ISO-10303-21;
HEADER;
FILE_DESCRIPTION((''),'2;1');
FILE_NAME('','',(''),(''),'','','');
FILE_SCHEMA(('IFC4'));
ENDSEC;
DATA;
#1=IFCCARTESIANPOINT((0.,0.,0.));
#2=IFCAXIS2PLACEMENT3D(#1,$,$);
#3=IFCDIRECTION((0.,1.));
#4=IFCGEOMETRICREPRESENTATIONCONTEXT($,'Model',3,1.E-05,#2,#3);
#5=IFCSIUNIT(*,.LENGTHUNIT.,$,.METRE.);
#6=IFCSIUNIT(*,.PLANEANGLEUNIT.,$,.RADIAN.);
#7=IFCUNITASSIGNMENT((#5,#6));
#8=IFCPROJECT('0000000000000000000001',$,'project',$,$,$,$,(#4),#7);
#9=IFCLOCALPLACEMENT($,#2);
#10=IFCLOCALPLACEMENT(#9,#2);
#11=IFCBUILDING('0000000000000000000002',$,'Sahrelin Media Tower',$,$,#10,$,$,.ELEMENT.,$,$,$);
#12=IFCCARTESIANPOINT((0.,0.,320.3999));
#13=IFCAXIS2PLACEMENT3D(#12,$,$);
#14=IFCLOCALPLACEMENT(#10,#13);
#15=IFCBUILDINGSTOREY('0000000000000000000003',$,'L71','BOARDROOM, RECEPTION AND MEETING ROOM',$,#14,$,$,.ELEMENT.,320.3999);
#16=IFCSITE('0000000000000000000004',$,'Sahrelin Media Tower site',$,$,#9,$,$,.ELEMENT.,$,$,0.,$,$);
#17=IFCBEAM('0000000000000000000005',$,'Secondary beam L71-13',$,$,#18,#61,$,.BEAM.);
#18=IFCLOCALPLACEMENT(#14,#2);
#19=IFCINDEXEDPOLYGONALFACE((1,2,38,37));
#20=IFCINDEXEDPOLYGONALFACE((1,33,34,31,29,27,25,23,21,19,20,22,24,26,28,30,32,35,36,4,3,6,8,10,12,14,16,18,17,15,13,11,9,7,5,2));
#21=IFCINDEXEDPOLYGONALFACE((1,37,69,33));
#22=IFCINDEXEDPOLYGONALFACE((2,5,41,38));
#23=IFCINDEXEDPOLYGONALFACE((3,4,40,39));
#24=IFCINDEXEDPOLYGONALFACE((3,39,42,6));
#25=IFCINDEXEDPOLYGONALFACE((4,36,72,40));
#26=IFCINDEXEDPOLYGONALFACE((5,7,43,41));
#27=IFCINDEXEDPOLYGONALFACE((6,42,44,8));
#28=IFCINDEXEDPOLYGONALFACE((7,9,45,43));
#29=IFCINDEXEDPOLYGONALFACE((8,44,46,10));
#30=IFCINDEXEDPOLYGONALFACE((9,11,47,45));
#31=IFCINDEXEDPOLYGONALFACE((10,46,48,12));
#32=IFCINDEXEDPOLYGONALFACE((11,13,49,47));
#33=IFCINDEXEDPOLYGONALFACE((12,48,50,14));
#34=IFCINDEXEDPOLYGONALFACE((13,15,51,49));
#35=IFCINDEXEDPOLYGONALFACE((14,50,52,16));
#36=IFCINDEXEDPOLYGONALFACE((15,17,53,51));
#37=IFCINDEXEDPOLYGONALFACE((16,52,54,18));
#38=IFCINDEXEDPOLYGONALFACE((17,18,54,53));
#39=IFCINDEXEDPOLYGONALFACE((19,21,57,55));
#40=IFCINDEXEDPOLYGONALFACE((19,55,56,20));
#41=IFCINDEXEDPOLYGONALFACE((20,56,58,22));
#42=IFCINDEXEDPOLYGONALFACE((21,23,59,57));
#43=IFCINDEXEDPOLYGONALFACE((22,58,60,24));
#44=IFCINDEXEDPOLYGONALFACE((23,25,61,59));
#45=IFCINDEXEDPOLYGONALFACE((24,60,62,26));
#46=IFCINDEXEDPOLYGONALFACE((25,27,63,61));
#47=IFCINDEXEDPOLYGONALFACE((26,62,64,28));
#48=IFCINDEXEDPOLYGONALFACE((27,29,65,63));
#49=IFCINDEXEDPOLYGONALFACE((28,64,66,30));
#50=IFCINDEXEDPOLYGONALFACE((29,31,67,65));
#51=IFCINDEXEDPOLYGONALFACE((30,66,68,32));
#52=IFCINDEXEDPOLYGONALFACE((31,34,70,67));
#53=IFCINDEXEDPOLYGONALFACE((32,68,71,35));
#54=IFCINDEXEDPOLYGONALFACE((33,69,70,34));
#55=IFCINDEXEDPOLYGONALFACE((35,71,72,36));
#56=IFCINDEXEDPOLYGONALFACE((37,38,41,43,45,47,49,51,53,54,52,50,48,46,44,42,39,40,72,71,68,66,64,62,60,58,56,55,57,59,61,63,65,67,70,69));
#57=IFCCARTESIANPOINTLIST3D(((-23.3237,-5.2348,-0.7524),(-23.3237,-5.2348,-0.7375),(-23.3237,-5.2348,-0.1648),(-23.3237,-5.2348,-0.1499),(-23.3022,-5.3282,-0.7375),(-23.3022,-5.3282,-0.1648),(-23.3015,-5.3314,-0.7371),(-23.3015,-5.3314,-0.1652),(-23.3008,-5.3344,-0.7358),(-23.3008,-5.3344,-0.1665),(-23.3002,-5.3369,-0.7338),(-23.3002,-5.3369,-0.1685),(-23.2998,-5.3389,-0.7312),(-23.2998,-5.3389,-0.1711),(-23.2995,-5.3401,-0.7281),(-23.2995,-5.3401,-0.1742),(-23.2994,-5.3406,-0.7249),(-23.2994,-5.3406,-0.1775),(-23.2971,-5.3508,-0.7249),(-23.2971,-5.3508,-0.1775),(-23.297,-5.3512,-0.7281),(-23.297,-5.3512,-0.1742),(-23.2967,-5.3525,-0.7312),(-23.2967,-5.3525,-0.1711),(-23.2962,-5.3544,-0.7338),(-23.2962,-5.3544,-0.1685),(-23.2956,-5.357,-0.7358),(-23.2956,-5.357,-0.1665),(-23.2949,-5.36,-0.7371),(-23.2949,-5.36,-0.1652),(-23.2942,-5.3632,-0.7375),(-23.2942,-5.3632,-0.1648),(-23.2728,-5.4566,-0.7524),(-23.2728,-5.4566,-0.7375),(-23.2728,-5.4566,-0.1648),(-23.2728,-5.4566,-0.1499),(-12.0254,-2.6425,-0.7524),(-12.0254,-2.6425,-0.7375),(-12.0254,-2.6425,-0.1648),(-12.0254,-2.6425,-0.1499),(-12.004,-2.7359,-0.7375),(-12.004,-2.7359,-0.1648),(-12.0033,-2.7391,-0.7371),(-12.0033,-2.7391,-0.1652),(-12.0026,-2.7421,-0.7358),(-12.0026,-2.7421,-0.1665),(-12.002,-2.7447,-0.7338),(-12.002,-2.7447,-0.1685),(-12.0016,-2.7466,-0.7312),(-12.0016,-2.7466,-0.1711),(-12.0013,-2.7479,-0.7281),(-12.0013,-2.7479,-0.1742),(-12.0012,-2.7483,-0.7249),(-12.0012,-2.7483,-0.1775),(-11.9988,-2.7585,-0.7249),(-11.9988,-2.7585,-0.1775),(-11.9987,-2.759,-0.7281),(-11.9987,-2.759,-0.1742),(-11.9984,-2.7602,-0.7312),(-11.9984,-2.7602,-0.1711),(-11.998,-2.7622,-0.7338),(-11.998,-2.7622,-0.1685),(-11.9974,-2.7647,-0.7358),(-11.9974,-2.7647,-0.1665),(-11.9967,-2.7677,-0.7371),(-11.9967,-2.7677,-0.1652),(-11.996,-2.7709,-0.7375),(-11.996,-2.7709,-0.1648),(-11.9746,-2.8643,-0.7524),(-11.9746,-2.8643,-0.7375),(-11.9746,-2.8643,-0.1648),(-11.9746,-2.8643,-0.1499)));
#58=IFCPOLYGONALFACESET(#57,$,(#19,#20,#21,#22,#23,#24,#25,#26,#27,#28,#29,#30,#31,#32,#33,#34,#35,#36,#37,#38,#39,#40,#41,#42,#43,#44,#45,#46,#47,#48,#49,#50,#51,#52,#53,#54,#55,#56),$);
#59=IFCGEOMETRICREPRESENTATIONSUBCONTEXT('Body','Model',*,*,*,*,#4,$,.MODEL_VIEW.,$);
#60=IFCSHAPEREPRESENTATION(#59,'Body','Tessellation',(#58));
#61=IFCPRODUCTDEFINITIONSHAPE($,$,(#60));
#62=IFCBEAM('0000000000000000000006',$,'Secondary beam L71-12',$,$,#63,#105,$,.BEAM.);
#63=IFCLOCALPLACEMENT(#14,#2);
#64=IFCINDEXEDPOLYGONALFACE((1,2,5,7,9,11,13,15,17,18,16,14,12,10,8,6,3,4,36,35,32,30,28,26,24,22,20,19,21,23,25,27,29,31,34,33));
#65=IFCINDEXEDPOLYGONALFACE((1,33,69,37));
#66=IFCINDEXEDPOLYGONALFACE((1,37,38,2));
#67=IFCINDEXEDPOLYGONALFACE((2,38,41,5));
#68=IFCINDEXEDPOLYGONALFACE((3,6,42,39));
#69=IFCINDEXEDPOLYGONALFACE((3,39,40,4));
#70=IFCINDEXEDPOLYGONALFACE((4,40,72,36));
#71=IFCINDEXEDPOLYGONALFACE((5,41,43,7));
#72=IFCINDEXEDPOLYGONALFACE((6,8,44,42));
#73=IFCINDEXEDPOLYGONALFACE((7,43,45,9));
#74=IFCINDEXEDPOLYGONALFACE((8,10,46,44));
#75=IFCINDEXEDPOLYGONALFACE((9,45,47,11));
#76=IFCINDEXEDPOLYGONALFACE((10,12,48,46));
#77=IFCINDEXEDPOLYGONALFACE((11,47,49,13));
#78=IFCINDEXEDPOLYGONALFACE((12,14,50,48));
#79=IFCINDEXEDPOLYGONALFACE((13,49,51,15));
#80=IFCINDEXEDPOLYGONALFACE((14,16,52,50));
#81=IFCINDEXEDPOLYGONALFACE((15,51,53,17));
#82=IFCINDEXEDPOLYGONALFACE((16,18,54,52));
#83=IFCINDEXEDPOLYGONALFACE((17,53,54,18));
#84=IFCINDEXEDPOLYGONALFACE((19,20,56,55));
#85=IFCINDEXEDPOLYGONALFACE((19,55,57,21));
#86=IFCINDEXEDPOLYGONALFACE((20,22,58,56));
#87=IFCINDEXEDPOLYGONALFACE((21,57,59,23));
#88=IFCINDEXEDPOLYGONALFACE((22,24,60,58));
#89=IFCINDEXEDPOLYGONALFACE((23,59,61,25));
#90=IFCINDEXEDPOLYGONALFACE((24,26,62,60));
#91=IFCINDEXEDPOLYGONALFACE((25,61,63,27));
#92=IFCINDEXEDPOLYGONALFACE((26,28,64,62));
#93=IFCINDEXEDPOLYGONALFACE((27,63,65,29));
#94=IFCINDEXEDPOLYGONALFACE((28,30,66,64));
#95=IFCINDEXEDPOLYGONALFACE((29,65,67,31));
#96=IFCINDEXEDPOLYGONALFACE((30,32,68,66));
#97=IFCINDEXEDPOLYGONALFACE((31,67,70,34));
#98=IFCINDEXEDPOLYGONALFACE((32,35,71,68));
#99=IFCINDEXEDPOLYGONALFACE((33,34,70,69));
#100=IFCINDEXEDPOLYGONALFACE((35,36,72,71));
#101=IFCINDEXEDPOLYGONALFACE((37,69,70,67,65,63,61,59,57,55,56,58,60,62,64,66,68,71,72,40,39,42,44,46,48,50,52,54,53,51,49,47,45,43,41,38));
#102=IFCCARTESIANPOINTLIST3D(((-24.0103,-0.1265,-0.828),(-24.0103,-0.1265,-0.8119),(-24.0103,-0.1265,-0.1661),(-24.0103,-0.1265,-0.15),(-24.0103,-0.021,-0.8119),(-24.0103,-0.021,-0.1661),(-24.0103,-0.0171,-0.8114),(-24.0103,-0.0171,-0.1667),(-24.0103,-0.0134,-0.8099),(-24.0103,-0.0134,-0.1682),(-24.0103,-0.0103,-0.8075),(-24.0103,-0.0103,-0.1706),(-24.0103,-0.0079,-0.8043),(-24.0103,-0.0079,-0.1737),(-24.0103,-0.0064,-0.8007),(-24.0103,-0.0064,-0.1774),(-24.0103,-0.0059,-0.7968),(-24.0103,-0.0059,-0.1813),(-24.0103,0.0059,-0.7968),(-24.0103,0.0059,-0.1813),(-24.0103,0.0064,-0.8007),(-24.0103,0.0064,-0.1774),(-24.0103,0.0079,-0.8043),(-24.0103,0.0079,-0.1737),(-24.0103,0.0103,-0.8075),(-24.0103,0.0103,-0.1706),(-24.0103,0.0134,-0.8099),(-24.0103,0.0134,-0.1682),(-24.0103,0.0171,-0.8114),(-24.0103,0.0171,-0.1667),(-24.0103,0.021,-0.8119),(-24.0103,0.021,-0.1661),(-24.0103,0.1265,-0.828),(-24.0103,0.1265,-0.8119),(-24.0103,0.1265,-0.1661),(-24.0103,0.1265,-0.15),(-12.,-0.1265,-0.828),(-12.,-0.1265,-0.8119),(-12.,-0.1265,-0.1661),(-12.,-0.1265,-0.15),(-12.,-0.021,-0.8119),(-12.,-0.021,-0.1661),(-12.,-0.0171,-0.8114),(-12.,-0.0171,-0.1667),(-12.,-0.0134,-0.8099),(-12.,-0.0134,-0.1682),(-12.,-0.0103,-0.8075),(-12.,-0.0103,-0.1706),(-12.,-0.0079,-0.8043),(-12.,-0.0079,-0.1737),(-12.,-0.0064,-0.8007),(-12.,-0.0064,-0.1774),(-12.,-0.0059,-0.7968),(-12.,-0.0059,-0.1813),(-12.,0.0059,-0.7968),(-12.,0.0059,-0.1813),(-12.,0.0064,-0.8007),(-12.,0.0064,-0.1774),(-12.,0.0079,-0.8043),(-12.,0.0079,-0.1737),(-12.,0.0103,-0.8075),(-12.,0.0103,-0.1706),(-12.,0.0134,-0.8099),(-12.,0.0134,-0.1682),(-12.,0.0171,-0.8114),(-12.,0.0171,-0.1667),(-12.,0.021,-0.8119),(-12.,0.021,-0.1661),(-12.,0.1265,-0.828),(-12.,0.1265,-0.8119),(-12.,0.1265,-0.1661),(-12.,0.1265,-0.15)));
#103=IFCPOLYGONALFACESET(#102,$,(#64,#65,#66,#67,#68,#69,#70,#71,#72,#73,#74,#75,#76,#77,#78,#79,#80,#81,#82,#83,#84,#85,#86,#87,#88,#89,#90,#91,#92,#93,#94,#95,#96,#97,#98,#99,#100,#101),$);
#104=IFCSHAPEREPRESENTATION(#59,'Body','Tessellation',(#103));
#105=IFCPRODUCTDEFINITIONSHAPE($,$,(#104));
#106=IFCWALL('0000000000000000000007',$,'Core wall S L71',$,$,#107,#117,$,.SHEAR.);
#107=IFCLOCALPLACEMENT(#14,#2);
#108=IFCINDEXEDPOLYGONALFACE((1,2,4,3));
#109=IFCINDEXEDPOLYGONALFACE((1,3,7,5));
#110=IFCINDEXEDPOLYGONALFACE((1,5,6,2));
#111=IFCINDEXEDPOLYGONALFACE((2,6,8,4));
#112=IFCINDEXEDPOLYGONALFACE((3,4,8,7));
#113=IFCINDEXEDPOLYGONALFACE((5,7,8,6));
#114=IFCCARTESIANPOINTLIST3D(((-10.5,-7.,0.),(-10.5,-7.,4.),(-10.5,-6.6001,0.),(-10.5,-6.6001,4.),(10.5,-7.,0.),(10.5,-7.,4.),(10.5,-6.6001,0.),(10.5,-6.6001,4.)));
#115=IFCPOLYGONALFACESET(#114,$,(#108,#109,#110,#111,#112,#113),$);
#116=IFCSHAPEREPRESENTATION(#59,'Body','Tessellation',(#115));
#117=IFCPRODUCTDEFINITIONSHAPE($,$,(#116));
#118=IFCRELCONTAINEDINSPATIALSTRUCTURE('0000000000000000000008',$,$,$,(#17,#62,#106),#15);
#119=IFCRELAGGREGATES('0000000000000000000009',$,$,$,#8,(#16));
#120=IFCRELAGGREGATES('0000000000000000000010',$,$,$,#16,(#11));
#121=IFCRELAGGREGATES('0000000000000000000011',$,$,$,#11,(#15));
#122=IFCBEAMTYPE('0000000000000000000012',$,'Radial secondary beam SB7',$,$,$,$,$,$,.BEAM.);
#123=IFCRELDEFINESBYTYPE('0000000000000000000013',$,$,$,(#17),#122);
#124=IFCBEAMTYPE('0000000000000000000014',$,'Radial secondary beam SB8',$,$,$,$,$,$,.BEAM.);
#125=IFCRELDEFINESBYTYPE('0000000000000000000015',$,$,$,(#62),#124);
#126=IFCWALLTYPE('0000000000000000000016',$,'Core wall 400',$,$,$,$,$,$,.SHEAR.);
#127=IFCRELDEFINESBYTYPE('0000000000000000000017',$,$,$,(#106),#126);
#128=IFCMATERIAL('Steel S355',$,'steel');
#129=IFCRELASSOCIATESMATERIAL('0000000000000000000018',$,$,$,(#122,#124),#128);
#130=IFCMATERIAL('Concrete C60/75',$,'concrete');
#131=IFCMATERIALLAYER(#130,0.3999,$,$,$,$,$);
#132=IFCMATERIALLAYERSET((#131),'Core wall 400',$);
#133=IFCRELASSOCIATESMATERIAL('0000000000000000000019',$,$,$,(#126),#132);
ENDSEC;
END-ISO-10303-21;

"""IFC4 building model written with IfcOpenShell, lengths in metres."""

from ifc_helpers import new_model, si_unit, direction, frame, frame_2d, origin, origin_2d, place, context, subcontext, project, spatial, rectangle, i_section, extrude, material, layer, layer_set, material_profile, profile_set, type_object, element, save


model = new_model("IFC4")

# Units and contexts
model_context = context("Model", 3, precision=1e-05, world=origin(), true_north=direction((0.0, 1.0)))
body_context = subcontext(model_context, "Body", "Model", "MODEL_VIEW")
ifc_project = project(units=[si_unit("LENGTHUNIT", "METRE"), si_unit("PLANEANGLEUNIT", "RADIAN")], contexts=[model_context])

# Site, building, storey
site_placement = place(None, origin())
site = spatial("IfcSite", under=ifc_project, at=site_placement, Name="Sahrelin Media Tower site", CompositionType="ELEMENT", RefElevation=0.0)
building_placement = place(site_placement, origin())
building = spatial("IfcBuilding", under=site, at=building_placement, Name="Sahrelin Media Tower", CompositionType="ELEMENT")
storey_placement = place(building_placement, frame((0.0, 0.0, 320.3999)))
storey = spatial("IfcBuildingStorey", under=building, at=storey_placement, Name="L71", Description="BOARDROOM, RECEPTION AND MEETING ROOM", CompositionType="ELEMENT", Elevation=320.3999)

# Beams
ifc_material_1 = material(Name="Steel S355", Category="steel")
ifc_material_profile_1 = material_profile(ifc_material_1, i_section(OverallWidth=0.2275, OverallDepth=0.6025, WebThickness=0.0105, FlangeThickness=0.0149, FilletRadius=0.0127, at=origin_2d()), Name="UB 610x229x101")
ifc_profile_set_1 = profile_set([ifc_material_profile_1], Name="Steel S355")
beam_type_1 = type_object("IfcBeamType", Name="Radial secondary beam SB7", PredefinedType="BEAM", material=ifc_profile_set_1)
beam_1_placement = place(storey_placement, frame((-12.0, -2.7534, -0.4512), z_axis=(-0.974674, -0.223629, 0.0), x_axis=(0.223629, -0.974674, 0.0)))
element("IfcBeam", 1, at=beam_1_placement, inside=storey, type_object=beam_type_1, Name="Secondary beam L71-13", PredefinedType="BEAM", context=body_context, shape_type="SweptSolid", body=[
    extrude(i_section(OverallWidth=0.2275, OverallDepth=0.6025, WebThickness=0.0105, FlangeThickness=0.0149, FilletRadius=0.0127, at=origin_2d()), origin(), (0.0, 0.0, 1.0), 11.5918),
])
ifc_material_profile_2 = material_profile(ifc_material_1, i_section(OverallWidth=0.2529, OverallDepth=0.678, WebThickness=0.0117, FlangeThickness=0.0161, FilletRadius=0.0151, at=origin_2d()), Name="UB 686x254x125")
ifc_profile_set_2 = profile_set([ifc_material_profile_2], Name="Steel S355")
beam_type_2 = type_object("IfcBeamType", Name="Radial secondary beam SB8", PredefinedType="BEAM", material=ifc_profile_set_2)
beam_2_placement = place(storey_placement, frame((-12.0, 0.0, -0.489), z_axis=(-1.0, 0.0, 0.0), x_axis=(0.0, -1.0, 0.0)))
element("IfcBeam", 2, at=beam_2_placement, inside=storey, type_object=beam_type_2, Name="Secondary beam L71-12", PredefinedType="BEAM", context=body_context, shape_type="SweptSolid", body=[
    extrude(i_section(OverallWidth=0.2529, OverallDepth=0.678, WebThickness=0.0117, FlangeThickness=0.0161, FilletRadius=0.0151, at=origin_2d()), origin(), (0.0, 0.0, 1.0), 12.0103),
])

# Wall
ifc_material_2 = material(Name="Concrete C60/75", Category="concrete")
ifc_layer_1 = layer(ifc_material_2, 0.3999)
ifc_layer_set_1 = layer_set([ifc_layer_1], Name="Core wall 400")
wall_type_1 = type_object("IfcWallType", Name="Core wall 400", PredefinedType="SHEAR", material=ifc_layer_set_1)
wall_1_placement = place(storey_placement, frame((-10.5, -6.8, 0.0), z_axis=(0.0, 0.0, 1.0), x_axis=(1.0, 0.0, 0.0)))
element("IfcWall", 3, at=wall_1_placement, inside=storey, type_object=wall_type_1, Name="Core wall S L71", PredefinedType="SHEAR", context=body_context, shape_type="SweptSolid", body=[
    extrude(rectangle(XDim=21.0, YDim=0.3999, at=frame_2d((10.5, 0.0))), origin(), (0.0, 0.0, 1.0), 4.0),
])

save(model, "model.ifc")
